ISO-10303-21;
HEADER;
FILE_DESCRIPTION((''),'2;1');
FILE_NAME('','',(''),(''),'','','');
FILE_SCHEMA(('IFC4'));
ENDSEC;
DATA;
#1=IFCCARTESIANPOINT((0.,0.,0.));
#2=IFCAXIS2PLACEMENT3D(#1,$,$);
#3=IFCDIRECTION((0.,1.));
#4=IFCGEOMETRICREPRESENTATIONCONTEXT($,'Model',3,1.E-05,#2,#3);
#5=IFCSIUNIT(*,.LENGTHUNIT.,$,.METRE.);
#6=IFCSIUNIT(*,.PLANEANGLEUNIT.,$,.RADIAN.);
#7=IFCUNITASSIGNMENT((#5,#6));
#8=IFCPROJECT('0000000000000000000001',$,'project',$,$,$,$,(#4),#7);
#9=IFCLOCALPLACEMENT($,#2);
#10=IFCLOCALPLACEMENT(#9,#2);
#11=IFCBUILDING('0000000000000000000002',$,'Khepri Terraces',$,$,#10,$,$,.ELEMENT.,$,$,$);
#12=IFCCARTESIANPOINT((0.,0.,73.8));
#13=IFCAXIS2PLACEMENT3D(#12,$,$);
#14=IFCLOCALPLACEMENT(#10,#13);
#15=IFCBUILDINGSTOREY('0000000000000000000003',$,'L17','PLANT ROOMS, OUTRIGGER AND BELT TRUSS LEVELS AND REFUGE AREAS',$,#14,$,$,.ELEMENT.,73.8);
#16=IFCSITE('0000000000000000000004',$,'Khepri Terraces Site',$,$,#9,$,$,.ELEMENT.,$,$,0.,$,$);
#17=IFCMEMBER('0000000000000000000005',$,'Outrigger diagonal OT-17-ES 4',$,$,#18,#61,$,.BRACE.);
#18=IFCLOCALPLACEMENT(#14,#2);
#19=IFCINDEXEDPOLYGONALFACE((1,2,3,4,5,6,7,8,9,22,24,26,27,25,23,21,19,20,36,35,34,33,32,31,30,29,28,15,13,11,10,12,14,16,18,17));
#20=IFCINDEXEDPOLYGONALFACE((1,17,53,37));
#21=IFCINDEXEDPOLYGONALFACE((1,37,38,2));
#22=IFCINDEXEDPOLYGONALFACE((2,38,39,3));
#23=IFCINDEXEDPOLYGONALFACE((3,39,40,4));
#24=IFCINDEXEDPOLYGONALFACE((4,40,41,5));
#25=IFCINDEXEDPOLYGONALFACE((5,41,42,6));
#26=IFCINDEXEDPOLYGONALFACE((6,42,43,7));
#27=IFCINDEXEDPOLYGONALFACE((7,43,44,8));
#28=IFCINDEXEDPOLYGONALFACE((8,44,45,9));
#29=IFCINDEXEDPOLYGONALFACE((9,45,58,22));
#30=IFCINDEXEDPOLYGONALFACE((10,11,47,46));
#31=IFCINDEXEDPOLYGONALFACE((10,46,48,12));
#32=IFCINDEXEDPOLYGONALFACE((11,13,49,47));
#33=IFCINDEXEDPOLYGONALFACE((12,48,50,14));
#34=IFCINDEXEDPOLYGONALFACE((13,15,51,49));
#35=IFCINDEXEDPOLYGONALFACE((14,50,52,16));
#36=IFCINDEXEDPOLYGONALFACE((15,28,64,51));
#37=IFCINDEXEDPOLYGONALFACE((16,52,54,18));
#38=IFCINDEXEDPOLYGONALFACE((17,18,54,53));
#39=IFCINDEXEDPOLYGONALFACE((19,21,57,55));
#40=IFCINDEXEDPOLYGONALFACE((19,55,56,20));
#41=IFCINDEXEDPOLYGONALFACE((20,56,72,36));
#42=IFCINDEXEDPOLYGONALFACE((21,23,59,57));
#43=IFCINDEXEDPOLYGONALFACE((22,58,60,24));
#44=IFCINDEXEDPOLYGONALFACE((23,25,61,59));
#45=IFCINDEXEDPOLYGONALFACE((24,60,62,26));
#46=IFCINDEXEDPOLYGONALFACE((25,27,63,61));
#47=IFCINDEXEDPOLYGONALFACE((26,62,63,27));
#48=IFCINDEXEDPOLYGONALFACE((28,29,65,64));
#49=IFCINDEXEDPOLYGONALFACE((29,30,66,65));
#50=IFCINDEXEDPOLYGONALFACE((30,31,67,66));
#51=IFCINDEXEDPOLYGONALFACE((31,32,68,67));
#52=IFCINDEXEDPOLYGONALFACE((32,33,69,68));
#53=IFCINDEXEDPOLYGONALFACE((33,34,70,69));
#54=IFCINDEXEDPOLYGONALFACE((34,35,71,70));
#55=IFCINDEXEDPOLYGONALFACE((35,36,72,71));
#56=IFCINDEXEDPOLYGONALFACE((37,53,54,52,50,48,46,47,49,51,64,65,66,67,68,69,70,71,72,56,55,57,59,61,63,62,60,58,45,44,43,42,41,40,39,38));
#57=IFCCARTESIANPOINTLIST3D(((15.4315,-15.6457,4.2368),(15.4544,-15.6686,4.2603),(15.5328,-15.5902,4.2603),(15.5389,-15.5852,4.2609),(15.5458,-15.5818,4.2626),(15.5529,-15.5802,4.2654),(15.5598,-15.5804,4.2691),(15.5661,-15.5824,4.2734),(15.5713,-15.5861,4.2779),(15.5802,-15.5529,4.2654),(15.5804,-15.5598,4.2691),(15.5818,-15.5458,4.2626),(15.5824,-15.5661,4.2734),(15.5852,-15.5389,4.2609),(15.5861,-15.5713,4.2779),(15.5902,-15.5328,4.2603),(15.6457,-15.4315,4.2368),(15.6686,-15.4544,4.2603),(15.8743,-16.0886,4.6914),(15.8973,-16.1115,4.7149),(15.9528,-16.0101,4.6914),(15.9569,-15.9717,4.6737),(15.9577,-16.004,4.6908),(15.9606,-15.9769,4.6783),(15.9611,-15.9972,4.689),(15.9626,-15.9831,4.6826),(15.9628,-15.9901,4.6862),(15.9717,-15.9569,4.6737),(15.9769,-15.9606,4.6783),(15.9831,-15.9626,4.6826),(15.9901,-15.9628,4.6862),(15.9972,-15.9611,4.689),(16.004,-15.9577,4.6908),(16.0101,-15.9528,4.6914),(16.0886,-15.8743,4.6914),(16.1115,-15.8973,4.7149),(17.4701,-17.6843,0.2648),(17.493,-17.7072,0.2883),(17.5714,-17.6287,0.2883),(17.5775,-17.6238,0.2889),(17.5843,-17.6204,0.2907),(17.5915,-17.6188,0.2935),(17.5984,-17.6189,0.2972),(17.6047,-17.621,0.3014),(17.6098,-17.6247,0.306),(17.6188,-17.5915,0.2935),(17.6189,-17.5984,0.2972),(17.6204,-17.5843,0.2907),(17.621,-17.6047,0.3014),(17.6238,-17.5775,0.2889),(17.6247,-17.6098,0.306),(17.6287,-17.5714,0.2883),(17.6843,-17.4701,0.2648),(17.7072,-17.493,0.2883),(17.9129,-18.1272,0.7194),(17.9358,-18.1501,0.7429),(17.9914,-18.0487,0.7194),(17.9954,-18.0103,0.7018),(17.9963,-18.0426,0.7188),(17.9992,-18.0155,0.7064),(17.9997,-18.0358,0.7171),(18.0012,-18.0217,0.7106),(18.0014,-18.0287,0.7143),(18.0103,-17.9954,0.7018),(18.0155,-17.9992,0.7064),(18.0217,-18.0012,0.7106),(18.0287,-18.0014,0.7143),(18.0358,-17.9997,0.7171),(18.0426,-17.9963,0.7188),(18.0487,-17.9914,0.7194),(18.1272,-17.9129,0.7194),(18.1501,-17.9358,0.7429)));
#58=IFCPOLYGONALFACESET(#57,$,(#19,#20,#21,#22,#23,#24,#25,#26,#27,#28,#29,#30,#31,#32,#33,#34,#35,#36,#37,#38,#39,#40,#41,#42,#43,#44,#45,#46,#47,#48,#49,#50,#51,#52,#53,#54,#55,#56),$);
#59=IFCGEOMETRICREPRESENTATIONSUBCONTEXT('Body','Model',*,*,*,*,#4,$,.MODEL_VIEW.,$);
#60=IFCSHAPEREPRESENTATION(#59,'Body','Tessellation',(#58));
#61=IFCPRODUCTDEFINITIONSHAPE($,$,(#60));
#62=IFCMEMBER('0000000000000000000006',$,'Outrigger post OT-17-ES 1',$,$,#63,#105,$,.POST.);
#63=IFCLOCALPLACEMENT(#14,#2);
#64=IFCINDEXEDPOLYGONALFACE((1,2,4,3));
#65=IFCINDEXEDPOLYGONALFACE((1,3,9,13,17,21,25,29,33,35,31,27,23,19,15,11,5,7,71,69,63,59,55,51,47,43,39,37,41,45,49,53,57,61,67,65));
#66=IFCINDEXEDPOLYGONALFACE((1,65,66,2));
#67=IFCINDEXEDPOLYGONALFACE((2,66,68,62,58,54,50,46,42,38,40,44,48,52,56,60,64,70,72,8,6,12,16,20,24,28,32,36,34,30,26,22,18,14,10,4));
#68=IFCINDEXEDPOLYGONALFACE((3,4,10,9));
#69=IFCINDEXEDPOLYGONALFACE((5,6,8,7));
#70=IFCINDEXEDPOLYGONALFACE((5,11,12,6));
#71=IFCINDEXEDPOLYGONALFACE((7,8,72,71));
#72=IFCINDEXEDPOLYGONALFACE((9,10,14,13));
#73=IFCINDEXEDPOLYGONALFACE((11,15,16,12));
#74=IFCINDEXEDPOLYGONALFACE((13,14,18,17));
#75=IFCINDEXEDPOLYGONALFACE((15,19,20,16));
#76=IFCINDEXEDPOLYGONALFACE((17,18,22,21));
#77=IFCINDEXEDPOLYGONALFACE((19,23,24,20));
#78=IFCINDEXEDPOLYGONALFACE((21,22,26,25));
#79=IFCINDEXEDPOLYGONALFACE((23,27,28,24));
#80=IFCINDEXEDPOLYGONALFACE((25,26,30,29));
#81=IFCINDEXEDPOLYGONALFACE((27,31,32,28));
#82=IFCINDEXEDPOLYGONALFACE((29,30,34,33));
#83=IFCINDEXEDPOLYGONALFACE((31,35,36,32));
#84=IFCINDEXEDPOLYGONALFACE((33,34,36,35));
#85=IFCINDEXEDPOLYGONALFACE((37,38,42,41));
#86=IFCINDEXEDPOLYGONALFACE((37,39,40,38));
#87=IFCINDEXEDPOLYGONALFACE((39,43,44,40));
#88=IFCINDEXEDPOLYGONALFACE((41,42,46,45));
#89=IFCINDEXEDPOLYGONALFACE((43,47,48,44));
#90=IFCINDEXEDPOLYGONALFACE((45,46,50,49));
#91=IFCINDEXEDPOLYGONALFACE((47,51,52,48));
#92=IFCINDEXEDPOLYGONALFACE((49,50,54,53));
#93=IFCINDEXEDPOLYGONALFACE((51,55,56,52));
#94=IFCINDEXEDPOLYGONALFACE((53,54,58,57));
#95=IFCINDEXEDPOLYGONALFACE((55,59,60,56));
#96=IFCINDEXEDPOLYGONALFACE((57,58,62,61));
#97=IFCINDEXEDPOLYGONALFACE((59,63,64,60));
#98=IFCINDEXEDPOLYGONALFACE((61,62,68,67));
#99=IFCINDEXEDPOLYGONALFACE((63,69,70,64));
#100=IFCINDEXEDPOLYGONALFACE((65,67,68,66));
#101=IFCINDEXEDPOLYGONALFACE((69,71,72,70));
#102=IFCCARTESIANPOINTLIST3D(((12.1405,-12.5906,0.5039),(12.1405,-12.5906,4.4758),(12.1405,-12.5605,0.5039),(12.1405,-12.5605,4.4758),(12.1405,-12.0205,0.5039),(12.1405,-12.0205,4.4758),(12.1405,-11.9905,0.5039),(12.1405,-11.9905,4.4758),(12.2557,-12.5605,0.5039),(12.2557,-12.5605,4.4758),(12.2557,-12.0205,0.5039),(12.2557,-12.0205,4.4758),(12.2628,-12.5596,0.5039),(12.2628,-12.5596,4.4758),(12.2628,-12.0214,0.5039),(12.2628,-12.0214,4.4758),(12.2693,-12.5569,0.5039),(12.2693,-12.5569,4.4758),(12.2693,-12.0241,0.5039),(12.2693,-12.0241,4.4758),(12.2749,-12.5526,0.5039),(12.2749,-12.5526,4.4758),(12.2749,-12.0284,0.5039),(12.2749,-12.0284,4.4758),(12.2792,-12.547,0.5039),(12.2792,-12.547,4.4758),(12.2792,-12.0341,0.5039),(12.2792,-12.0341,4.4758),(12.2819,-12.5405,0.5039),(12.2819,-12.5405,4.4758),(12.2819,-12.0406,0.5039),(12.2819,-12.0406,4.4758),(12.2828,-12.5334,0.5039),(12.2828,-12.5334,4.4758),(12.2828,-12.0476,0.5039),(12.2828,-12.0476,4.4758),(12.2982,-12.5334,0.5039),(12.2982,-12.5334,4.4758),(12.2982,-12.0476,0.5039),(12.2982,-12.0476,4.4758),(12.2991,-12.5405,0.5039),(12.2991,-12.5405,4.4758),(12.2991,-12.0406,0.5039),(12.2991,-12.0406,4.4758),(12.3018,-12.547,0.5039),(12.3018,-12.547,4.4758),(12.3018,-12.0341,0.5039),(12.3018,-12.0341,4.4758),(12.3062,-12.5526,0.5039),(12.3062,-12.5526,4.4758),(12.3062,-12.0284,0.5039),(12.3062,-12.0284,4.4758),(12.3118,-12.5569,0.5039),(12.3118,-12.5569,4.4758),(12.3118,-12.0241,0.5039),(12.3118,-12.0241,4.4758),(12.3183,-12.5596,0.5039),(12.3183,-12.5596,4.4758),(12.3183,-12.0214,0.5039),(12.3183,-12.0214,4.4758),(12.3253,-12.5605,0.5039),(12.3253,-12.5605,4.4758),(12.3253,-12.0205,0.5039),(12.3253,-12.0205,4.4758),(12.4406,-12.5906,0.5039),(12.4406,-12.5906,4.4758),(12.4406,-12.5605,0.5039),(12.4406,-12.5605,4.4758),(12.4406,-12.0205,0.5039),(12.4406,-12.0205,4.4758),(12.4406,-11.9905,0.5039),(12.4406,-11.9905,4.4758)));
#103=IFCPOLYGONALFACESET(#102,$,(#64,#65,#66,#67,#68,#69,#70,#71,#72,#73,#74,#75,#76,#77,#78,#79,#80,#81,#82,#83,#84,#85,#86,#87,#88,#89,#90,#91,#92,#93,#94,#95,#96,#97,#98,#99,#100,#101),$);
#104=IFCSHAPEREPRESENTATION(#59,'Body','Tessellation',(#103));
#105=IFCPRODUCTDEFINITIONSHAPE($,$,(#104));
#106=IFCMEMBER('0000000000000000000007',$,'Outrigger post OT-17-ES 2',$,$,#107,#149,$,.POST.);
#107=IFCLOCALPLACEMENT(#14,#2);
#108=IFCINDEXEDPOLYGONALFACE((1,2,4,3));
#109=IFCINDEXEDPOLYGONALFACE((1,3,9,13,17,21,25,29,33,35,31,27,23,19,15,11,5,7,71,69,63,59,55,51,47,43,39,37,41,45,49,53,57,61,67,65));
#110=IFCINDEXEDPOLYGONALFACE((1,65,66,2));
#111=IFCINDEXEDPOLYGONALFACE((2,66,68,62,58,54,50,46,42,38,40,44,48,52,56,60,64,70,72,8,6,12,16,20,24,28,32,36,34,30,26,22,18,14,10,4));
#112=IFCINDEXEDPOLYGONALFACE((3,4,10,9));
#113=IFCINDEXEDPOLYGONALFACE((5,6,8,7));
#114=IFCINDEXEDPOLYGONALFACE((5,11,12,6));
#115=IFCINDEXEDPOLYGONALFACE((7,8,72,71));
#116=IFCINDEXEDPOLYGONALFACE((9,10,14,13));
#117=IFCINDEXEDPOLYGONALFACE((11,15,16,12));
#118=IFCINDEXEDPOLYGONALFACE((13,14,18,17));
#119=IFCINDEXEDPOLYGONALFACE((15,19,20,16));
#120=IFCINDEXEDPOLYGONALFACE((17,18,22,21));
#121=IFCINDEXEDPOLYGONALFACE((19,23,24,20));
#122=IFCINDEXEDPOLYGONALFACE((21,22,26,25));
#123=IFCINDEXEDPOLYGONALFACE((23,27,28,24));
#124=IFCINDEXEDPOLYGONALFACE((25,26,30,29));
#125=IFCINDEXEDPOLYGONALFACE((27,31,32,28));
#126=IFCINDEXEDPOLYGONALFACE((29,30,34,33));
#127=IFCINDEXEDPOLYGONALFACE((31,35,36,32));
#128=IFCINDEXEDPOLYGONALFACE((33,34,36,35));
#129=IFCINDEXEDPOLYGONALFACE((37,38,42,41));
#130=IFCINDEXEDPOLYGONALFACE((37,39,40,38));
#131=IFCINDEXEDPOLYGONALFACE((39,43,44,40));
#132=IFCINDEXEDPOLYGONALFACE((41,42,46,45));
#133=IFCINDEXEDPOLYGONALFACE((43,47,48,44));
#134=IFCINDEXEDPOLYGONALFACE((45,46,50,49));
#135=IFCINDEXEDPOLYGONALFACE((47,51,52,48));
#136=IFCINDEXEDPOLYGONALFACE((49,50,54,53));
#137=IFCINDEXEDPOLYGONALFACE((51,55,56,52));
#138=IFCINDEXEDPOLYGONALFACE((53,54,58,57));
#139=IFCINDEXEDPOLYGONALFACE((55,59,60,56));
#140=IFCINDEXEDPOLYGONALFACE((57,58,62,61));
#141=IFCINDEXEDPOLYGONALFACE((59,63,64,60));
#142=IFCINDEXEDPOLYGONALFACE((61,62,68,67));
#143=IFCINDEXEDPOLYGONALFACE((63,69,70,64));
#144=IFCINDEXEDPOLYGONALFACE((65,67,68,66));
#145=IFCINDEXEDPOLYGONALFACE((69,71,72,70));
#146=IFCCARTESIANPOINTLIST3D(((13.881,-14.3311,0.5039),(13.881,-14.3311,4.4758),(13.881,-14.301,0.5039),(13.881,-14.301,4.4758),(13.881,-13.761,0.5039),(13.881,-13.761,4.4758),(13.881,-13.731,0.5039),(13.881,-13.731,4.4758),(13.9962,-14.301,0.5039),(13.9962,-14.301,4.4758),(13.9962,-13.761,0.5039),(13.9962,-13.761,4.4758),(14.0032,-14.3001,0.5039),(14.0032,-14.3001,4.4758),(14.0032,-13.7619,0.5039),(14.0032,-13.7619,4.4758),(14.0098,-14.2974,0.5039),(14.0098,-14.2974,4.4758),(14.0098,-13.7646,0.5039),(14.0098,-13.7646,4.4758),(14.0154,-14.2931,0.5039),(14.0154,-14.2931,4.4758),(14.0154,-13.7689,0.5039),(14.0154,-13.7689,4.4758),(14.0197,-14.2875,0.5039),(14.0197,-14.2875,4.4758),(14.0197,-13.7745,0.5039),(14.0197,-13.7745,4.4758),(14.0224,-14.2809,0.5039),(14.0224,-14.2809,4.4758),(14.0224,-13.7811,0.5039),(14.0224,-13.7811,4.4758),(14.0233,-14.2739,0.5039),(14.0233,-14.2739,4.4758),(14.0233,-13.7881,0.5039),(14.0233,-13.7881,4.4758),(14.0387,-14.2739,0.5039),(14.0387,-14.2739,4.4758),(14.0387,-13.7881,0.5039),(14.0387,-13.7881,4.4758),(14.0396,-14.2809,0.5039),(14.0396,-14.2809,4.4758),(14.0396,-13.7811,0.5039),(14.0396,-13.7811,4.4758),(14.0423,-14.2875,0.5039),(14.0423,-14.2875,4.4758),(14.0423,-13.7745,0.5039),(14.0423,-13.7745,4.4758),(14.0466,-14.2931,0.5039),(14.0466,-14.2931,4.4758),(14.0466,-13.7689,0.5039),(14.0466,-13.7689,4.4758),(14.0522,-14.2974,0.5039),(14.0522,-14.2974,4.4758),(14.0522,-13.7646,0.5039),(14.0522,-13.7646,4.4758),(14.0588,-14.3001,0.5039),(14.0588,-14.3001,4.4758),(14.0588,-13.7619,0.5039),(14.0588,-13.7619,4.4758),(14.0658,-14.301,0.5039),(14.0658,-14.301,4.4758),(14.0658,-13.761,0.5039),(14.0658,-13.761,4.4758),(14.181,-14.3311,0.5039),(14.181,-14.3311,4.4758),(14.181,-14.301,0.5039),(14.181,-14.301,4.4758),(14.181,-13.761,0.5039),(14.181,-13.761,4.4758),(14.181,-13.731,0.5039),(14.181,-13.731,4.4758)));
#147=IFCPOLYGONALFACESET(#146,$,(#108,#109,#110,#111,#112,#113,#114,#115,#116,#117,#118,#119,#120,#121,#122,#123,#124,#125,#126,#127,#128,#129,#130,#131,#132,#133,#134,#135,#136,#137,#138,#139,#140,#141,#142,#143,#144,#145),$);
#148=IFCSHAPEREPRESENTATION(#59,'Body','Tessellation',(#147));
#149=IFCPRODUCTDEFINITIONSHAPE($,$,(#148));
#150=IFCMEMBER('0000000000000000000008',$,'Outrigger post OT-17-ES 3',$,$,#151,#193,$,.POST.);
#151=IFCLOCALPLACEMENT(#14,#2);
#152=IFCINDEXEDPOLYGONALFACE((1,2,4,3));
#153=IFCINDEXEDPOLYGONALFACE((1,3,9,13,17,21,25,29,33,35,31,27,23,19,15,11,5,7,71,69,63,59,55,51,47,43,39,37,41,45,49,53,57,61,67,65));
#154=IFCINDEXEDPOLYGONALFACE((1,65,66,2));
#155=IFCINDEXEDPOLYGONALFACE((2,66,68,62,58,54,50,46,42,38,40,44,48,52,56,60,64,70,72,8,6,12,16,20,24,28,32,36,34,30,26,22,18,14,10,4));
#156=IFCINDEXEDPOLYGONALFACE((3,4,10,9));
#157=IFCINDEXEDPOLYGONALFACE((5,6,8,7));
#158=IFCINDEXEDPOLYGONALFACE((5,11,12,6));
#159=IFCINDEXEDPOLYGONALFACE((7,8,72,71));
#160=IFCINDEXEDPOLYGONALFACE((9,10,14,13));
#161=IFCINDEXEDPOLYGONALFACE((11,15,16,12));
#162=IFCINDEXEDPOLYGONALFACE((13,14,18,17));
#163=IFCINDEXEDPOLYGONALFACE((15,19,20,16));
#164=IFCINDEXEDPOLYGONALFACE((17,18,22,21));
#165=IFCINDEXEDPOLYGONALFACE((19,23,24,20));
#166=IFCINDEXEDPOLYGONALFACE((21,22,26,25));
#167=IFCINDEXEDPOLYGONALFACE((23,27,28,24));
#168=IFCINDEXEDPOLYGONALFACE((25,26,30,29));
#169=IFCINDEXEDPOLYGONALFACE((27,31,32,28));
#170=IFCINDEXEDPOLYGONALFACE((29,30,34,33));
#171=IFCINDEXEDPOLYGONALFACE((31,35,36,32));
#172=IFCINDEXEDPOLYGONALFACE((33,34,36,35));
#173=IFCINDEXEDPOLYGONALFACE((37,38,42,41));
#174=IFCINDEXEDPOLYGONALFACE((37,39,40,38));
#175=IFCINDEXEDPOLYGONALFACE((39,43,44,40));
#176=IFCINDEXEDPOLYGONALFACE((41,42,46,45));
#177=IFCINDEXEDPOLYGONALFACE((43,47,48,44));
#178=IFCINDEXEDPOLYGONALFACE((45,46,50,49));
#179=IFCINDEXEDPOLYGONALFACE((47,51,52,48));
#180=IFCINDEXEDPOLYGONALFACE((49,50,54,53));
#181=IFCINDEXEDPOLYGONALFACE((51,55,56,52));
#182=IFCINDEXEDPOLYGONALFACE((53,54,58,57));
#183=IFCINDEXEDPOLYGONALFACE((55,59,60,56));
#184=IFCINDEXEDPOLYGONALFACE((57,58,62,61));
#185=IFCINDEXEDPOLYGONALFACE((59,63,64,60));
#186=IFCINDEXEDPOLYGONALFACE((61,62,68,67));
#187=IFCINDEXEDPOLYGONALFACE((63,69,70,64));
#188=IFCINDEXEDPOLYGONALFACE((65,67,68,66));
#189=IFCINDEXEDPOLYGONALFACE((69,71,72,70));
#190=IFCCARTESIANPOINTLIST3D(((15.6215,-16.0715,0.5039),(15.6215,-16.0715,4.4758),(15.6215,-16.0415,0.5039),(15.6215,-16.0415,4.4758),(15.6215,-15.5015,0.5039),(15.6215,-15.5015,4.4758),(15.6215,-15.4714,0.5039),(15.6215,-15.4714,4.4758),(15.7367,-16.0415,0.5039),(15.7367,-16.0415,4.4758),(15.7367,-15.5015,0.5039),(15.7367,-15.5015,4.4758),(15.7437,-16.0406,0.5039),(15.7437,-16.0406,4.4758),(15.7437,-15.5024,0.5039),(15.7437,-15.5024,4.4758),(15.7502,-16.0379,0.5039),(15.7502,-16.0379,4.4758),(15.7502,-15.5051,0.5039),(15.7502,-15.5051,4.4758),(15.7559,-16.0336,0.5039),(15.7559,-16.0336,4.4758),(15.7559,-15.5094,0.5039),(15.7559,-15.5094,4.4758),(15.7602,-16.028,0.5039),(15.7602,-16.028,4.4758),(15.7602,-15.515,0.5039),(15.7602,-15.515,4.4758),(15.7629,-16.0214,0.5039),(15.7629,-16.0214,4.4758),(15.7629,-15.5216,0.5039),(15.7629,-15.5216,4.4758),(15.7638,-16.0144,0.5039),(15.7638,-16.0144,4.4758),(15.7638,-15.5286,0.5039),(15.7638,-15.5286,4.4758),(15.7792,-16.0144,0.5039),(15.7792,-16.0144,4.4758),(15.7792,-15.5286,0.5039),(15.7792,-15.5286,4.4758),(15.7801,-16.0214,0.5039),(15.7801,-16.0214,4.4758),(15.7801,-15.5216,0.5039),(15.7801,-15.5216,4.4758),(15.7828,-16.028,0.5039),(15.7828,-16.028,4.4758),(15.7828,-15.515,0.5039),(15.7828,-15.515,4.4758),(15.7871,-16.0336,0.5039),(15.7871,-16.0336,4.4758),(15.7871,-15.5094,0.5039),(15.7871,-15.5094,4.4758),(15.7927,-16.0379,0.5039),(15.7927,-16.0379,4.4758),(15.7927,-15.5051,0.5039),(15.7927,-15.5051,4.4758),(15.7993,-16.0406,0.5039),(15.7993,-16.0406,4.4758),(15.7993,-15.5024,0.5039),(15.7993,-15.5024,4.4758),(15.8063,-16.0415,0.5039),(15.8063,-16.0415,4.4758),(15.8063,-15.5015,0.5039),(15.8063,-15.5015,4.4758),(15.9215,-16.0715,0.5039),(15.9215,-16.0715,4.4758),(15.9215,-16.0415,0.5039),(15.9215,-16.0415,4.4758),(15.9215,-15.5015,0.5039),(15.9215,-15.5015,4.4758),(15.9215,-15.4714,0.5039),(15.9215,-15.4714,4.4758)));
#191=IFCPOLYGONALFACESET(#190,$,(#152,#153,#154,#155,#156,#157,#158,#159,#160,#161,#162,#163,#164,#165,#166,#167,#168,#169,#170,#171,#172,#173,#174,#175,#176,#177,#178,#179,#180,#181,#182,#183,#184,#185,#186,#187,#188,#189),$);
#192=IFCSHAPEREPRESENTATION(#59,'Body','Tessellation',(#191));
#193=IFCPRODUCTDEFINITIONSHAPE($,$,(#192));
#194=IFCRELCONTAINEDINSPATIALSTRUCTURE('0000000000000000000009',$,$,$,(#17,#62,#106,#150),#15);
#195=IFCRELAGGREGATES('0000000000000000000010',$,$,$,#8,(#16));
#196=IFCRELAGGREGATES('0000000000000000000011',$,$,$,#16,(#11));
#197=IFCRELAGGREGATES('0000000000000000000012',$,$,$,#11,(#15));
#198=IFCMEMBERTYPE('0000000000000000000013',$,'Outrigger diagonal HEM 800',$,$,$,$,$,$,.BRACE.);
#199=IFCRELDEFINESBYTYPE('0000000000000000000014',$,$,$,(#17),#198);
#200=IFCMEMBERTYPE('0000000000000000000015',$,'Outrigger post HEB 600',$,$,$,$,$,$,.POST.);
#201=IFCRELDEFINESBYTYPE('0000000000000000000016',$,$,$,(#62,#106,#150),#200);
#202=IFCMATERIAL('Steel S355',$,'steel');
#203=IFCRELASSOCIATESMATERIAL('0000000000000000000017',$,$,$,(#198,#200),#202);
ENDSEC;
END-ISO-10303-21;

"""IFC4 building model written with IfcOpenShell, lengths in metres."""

from ifc_helpers import new_model, si_unit, direction, frame, origin, origin_2d, place, context, subcontext, project, spatial, i_section, extrude, material, material_profile, profile_set, type_object, element, save


model = new_model("IFC4")

# Units and contexts
model_context = context("Model", 3, precision=1e-05, world=origin(), true_north=direction((0.0, 1.0)))
body_context = subcontext(model_context, "Body", "Model", "MODEL_VIEW")
ifc_project = project(units=[si_unit("LENGTHUNIT", "METRE"), si_unit("PLANEANGLEUNIT", "RADIAN")], contexts=[model_context])

# Site, building, storey
site_placement = place(None, origin())
site = spatial("IfcSite", under=ifc_project, at=site_placement, Name="Khepri Terraces Site", CompositionType="ELEMENT", RefElevation=0.0)
building_placement = place(site_placement, origin())
building = spatial("IfcBuilding", under=site, at=building_placement, Name="Khepri Terraces", CompositionType="ELEMENT")
storey_placement = place(building_placement, frame((0.0, 0.0, 73.8)))
storey = spatial("IfcBuildingStorey", under=building, at=storey_placement, Name="L17", Description="PLANT ROOMS, OUTRIGGER AND BELT TRUSS LEVELS AND REFUGE AREAS", CompositionType="ELEMENT", Elevation=73.8)

# Members
ifc_material_1 = material(Name="Steel S355", Category="steel")
ifc_material_profile_1 = material_profile(ifc_material_1, i_section(OverallWidth=0.303, OverallDepth=0.814, WebThickness=0.021, FlangeThickness=0.04, FilletRadius=0.03, at=origin_2d()), Name="Steel S355", Category="steel")
ifc_profile_set_1 = profile_set([ifc_material_profile_1], Name="Steel S355")
member_type_1 = type_object("IfcMemberType", Name="Outrigger diagonal HEM 800", PredefinedType="BRACE", material=ifc_profile_set_1)
member_1_placement = place(storey_placement, frame((15.7715, -15.7715, 4.4758), z_axis=(0.415364, -0.415364, -0.809287), x_axis=(0.707107, 0.707107, 0.0)))
element("IfcMember", 1, at=member_1_placement, inside=storey, type_object=member_type_1, Name="Outrigger diagonal OT-17-ES 4", PredefinedType="BRACE", context=body_context, shape_type="SweptSolid", body=[
    extrude(i_section(OverallWidth=0.303, OverallDepth=0.814, WebThickness=0.021, FlangeThickness=0.04, FilletRadius=0.03, at=origin_2d()), origin(), (0.0, 0.0, 1.0), 4.908),
])
ifc_material_profile_2 = material_profile(ifc_material_1, i_section(OverallWidth=0.3, OverallDepth=0.6001, WebThickness=0.0154, FlangeThickness=0.03, FilletRadius=0.0271, at=origin_2d()), Name="Steel S355", Category="steel")
ifc_profile_set_2 = profile_set([ifc_material_profile_2], Name="Steel S355")
member_type_2 = type_object("IfcMemberType", Name="Outrigger post HEB 600", PredefinedType="POST", material=ifc_profile_set_2)
for number, where, z_axis, x_axis, name in (
    (2, (12.2905, -12.2905, 0.5039), (0.0, 0.0, 1.0), (1.0, 0.0, 0.0), "Outrigger post OT-17-ES 1"),
    (3, (14.031, -14.031, 0.5039), (0.0, 0.0, 1.0), (1.0, 0.0, 0.0), "Outrigger post OT-17-ES 2"),
    (4, (15.7715, -15.7715, 0.5039), (0.0, 0.0, 1.0), (1.0, 0.0, 0.0), "Outrigger post OT-17-ES 3"),
):
    element("IfcMember", number, at=place(storey_placement, frame(where, z_axis=z_axis, x_axis=x_axis)), inside=storey, type_object=member_type_2, Name=name, PredefinedType="POST", context=body_context, shape_type="SweptSolid", body=[
        extrude(i_section(OverallWidth=0.3, OverallDepth=0.6001, WebThickness=0.0154, FlangeThickness=0.03, FilletRadius=0.0271, at=origin_2d()), origin(), (0.0, 0.0, 1.0), 3.9719),
    ])

save(model, "model.ifc")
